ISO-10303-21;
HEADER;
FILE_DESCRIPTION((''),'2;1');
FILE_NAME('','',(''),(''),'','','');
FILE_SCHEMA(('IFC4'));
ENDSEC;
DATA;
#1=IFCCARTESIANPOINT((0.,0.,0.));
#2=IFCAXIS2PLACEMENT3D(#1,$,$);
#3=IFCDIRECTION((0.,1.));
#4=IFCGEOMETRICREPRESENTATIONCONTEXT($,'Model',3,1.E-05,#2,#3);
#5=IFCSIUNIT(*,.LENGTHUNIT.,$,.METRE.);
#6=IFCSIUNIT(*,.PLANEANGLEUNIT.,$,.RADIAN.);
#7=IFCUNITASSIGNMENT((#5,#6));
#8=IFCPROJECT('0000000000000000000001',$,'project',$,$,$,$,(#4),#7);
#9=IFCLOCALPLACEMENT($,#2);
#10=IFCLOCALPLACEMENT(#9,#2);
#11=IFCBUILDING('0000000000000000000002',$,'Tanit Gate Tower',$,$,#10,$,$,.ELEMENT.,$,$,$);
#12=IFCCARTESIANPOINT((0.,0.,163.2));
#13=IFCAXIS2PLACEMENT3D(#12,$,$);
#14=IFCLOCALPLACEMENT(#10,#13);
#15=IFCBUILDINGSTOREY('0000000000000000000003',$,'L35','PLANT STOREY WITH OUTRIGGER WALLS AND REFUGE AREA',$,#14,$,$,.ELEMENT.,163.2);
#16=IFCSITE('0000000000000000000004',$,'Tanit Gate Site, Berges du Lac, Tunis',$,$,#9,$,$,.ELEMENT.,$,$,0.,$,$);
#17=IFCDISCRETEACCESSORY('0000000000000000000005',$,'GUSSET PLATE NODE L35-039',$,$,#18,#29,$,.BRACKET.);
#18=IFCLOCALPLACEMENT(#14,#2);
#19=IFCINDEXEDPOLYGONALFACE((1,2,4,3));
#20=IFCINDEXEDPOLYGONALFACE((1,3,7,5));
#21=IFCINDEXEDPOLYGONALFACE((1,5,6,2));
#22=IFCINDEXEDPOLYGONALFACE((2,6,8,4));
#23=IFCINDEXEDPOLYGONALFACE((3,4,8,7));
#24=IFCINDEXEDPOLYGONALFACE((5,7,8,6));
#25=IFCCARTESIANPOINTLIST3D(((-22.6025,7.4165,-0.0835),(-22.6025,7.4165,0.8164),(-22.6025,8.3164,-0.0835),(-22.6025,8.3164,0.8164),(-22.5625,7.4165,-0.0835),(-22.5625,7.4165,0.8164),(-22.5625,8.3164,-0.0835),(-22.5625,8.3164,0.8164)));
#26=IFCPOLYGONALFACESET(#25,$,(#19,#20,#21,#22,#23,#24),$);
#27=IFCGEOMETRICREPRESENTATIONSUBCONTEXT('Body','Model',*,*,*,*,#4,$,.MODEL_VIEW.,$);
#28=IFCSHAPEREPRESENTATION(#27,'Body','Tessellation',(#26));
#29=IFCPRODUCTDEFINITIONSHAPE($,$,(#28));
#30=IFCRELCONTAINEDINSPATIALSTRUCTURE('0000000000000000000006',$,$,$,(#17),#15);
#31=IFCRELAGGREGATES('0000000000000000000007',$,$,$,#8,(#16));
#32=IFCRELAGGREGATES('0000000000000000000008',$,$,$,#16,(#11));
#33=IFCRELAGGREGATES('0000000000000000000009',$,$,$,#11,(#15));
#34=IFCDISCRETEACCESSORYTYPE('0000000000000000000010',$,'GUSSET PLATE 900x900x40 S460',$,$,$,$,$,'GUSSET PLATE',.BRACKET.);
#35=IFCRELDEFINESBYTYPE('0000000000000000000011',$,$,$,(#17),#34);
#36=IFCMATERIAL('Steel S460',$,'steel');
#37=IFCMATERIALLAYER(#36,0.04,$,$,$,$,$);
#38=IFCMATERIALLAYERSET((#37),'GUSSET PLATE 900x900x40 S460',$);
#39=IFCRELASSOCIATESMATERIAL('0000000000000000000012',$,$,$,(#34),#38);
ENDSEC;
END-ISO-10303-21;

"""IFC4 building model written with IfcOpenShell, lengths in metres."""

from ifc_helpers import new_model, si_unit, direction, frame, origin, origin_2d, place, context, subcontext, project, spatial, rectangle, extrude, material, layer, layer_set, type_object, element, save


model = new_model("IFC4")

# Units and contexts
model_context = context("Model", 3, precision=1e-05, world=origin(), true_north=direction((0.0, 1.0)))
body_context = subcontext(model_context, "Body", "Model", "MODEL_VIEW")
ifc_project = project(units=[si_unit("LENGTHUNIT", "METRE"), si_unit("PLANEANGLEUNIT", "RADIAN")], contexts=[model_context])

# Site, building, storey
site_placement = place(None, origin())
site = spatial("IfcSite", under=ifc_project, at=site_placement, Name="Tanit Gate Site, Berges du Lac, Tunis", CompositionType="ELEMENT", RefElevation=0.0)
building_placement = place(site_placement, origin())
building = spatial("IfcBuilding", under=site, at=building_placement, Name="Tanit Gate Tower", CompositionType="ELEMENT")
storey_placement = place(building_placement, frame((0.0, 0.0, 163.2)))
storey = spatial("IfcBuildingStorey", under=building, at=storey_placement, Name="L35", Description="PLANT STOREY WITH OUTRIGGER WALLS AND REFUGE AREA", CompositionType="ELEMENT", Elevation=163.2)

# Discrete accessory
ifc_material_1 = material(Name="Steel S460", Category="steel")
ifc_layer_1 = layer(ifc_material_1, 0.04)
ifc_layer_set_1 = layer_set([ifc_layer_1], Name="GUSSET PLATE 900x900x40 S460")
discrete_accessory_type = type_object("IfcDiscreteAccessoryType", Name="GUSSET PLATE 900x900x40 S460", ElementType="GUSSET PLATE", PredefinedType="BRACKET", material=ifc_layer_set_1)
for number, where, z_axis, x_axis, name in (
    (1, (-22.5825, 7.8665, -0.0835), (0.0, 0.0, 1.0), (0.0, 1.0, 0.0), "GUSSET PLATE NODE L35-039"),
):
    element("IfcDiscreteAccessory", number, at=place(storey_placement, frame(where, z_axis=z_axis, x_axis=x_axis)), inside=storey, type_object=discrete_accessory_type, Name=name, PredefinedType="BRACKET", context=body_context, shape_type="SweptSolid", body=[
        extrude(rectangle(XDim=0.8999, YDim=0.04, at=origin_2d()), origin(), (0.0, 0.0, 1.0), 0.8999),
    ])

save(model, "model.ifc")
